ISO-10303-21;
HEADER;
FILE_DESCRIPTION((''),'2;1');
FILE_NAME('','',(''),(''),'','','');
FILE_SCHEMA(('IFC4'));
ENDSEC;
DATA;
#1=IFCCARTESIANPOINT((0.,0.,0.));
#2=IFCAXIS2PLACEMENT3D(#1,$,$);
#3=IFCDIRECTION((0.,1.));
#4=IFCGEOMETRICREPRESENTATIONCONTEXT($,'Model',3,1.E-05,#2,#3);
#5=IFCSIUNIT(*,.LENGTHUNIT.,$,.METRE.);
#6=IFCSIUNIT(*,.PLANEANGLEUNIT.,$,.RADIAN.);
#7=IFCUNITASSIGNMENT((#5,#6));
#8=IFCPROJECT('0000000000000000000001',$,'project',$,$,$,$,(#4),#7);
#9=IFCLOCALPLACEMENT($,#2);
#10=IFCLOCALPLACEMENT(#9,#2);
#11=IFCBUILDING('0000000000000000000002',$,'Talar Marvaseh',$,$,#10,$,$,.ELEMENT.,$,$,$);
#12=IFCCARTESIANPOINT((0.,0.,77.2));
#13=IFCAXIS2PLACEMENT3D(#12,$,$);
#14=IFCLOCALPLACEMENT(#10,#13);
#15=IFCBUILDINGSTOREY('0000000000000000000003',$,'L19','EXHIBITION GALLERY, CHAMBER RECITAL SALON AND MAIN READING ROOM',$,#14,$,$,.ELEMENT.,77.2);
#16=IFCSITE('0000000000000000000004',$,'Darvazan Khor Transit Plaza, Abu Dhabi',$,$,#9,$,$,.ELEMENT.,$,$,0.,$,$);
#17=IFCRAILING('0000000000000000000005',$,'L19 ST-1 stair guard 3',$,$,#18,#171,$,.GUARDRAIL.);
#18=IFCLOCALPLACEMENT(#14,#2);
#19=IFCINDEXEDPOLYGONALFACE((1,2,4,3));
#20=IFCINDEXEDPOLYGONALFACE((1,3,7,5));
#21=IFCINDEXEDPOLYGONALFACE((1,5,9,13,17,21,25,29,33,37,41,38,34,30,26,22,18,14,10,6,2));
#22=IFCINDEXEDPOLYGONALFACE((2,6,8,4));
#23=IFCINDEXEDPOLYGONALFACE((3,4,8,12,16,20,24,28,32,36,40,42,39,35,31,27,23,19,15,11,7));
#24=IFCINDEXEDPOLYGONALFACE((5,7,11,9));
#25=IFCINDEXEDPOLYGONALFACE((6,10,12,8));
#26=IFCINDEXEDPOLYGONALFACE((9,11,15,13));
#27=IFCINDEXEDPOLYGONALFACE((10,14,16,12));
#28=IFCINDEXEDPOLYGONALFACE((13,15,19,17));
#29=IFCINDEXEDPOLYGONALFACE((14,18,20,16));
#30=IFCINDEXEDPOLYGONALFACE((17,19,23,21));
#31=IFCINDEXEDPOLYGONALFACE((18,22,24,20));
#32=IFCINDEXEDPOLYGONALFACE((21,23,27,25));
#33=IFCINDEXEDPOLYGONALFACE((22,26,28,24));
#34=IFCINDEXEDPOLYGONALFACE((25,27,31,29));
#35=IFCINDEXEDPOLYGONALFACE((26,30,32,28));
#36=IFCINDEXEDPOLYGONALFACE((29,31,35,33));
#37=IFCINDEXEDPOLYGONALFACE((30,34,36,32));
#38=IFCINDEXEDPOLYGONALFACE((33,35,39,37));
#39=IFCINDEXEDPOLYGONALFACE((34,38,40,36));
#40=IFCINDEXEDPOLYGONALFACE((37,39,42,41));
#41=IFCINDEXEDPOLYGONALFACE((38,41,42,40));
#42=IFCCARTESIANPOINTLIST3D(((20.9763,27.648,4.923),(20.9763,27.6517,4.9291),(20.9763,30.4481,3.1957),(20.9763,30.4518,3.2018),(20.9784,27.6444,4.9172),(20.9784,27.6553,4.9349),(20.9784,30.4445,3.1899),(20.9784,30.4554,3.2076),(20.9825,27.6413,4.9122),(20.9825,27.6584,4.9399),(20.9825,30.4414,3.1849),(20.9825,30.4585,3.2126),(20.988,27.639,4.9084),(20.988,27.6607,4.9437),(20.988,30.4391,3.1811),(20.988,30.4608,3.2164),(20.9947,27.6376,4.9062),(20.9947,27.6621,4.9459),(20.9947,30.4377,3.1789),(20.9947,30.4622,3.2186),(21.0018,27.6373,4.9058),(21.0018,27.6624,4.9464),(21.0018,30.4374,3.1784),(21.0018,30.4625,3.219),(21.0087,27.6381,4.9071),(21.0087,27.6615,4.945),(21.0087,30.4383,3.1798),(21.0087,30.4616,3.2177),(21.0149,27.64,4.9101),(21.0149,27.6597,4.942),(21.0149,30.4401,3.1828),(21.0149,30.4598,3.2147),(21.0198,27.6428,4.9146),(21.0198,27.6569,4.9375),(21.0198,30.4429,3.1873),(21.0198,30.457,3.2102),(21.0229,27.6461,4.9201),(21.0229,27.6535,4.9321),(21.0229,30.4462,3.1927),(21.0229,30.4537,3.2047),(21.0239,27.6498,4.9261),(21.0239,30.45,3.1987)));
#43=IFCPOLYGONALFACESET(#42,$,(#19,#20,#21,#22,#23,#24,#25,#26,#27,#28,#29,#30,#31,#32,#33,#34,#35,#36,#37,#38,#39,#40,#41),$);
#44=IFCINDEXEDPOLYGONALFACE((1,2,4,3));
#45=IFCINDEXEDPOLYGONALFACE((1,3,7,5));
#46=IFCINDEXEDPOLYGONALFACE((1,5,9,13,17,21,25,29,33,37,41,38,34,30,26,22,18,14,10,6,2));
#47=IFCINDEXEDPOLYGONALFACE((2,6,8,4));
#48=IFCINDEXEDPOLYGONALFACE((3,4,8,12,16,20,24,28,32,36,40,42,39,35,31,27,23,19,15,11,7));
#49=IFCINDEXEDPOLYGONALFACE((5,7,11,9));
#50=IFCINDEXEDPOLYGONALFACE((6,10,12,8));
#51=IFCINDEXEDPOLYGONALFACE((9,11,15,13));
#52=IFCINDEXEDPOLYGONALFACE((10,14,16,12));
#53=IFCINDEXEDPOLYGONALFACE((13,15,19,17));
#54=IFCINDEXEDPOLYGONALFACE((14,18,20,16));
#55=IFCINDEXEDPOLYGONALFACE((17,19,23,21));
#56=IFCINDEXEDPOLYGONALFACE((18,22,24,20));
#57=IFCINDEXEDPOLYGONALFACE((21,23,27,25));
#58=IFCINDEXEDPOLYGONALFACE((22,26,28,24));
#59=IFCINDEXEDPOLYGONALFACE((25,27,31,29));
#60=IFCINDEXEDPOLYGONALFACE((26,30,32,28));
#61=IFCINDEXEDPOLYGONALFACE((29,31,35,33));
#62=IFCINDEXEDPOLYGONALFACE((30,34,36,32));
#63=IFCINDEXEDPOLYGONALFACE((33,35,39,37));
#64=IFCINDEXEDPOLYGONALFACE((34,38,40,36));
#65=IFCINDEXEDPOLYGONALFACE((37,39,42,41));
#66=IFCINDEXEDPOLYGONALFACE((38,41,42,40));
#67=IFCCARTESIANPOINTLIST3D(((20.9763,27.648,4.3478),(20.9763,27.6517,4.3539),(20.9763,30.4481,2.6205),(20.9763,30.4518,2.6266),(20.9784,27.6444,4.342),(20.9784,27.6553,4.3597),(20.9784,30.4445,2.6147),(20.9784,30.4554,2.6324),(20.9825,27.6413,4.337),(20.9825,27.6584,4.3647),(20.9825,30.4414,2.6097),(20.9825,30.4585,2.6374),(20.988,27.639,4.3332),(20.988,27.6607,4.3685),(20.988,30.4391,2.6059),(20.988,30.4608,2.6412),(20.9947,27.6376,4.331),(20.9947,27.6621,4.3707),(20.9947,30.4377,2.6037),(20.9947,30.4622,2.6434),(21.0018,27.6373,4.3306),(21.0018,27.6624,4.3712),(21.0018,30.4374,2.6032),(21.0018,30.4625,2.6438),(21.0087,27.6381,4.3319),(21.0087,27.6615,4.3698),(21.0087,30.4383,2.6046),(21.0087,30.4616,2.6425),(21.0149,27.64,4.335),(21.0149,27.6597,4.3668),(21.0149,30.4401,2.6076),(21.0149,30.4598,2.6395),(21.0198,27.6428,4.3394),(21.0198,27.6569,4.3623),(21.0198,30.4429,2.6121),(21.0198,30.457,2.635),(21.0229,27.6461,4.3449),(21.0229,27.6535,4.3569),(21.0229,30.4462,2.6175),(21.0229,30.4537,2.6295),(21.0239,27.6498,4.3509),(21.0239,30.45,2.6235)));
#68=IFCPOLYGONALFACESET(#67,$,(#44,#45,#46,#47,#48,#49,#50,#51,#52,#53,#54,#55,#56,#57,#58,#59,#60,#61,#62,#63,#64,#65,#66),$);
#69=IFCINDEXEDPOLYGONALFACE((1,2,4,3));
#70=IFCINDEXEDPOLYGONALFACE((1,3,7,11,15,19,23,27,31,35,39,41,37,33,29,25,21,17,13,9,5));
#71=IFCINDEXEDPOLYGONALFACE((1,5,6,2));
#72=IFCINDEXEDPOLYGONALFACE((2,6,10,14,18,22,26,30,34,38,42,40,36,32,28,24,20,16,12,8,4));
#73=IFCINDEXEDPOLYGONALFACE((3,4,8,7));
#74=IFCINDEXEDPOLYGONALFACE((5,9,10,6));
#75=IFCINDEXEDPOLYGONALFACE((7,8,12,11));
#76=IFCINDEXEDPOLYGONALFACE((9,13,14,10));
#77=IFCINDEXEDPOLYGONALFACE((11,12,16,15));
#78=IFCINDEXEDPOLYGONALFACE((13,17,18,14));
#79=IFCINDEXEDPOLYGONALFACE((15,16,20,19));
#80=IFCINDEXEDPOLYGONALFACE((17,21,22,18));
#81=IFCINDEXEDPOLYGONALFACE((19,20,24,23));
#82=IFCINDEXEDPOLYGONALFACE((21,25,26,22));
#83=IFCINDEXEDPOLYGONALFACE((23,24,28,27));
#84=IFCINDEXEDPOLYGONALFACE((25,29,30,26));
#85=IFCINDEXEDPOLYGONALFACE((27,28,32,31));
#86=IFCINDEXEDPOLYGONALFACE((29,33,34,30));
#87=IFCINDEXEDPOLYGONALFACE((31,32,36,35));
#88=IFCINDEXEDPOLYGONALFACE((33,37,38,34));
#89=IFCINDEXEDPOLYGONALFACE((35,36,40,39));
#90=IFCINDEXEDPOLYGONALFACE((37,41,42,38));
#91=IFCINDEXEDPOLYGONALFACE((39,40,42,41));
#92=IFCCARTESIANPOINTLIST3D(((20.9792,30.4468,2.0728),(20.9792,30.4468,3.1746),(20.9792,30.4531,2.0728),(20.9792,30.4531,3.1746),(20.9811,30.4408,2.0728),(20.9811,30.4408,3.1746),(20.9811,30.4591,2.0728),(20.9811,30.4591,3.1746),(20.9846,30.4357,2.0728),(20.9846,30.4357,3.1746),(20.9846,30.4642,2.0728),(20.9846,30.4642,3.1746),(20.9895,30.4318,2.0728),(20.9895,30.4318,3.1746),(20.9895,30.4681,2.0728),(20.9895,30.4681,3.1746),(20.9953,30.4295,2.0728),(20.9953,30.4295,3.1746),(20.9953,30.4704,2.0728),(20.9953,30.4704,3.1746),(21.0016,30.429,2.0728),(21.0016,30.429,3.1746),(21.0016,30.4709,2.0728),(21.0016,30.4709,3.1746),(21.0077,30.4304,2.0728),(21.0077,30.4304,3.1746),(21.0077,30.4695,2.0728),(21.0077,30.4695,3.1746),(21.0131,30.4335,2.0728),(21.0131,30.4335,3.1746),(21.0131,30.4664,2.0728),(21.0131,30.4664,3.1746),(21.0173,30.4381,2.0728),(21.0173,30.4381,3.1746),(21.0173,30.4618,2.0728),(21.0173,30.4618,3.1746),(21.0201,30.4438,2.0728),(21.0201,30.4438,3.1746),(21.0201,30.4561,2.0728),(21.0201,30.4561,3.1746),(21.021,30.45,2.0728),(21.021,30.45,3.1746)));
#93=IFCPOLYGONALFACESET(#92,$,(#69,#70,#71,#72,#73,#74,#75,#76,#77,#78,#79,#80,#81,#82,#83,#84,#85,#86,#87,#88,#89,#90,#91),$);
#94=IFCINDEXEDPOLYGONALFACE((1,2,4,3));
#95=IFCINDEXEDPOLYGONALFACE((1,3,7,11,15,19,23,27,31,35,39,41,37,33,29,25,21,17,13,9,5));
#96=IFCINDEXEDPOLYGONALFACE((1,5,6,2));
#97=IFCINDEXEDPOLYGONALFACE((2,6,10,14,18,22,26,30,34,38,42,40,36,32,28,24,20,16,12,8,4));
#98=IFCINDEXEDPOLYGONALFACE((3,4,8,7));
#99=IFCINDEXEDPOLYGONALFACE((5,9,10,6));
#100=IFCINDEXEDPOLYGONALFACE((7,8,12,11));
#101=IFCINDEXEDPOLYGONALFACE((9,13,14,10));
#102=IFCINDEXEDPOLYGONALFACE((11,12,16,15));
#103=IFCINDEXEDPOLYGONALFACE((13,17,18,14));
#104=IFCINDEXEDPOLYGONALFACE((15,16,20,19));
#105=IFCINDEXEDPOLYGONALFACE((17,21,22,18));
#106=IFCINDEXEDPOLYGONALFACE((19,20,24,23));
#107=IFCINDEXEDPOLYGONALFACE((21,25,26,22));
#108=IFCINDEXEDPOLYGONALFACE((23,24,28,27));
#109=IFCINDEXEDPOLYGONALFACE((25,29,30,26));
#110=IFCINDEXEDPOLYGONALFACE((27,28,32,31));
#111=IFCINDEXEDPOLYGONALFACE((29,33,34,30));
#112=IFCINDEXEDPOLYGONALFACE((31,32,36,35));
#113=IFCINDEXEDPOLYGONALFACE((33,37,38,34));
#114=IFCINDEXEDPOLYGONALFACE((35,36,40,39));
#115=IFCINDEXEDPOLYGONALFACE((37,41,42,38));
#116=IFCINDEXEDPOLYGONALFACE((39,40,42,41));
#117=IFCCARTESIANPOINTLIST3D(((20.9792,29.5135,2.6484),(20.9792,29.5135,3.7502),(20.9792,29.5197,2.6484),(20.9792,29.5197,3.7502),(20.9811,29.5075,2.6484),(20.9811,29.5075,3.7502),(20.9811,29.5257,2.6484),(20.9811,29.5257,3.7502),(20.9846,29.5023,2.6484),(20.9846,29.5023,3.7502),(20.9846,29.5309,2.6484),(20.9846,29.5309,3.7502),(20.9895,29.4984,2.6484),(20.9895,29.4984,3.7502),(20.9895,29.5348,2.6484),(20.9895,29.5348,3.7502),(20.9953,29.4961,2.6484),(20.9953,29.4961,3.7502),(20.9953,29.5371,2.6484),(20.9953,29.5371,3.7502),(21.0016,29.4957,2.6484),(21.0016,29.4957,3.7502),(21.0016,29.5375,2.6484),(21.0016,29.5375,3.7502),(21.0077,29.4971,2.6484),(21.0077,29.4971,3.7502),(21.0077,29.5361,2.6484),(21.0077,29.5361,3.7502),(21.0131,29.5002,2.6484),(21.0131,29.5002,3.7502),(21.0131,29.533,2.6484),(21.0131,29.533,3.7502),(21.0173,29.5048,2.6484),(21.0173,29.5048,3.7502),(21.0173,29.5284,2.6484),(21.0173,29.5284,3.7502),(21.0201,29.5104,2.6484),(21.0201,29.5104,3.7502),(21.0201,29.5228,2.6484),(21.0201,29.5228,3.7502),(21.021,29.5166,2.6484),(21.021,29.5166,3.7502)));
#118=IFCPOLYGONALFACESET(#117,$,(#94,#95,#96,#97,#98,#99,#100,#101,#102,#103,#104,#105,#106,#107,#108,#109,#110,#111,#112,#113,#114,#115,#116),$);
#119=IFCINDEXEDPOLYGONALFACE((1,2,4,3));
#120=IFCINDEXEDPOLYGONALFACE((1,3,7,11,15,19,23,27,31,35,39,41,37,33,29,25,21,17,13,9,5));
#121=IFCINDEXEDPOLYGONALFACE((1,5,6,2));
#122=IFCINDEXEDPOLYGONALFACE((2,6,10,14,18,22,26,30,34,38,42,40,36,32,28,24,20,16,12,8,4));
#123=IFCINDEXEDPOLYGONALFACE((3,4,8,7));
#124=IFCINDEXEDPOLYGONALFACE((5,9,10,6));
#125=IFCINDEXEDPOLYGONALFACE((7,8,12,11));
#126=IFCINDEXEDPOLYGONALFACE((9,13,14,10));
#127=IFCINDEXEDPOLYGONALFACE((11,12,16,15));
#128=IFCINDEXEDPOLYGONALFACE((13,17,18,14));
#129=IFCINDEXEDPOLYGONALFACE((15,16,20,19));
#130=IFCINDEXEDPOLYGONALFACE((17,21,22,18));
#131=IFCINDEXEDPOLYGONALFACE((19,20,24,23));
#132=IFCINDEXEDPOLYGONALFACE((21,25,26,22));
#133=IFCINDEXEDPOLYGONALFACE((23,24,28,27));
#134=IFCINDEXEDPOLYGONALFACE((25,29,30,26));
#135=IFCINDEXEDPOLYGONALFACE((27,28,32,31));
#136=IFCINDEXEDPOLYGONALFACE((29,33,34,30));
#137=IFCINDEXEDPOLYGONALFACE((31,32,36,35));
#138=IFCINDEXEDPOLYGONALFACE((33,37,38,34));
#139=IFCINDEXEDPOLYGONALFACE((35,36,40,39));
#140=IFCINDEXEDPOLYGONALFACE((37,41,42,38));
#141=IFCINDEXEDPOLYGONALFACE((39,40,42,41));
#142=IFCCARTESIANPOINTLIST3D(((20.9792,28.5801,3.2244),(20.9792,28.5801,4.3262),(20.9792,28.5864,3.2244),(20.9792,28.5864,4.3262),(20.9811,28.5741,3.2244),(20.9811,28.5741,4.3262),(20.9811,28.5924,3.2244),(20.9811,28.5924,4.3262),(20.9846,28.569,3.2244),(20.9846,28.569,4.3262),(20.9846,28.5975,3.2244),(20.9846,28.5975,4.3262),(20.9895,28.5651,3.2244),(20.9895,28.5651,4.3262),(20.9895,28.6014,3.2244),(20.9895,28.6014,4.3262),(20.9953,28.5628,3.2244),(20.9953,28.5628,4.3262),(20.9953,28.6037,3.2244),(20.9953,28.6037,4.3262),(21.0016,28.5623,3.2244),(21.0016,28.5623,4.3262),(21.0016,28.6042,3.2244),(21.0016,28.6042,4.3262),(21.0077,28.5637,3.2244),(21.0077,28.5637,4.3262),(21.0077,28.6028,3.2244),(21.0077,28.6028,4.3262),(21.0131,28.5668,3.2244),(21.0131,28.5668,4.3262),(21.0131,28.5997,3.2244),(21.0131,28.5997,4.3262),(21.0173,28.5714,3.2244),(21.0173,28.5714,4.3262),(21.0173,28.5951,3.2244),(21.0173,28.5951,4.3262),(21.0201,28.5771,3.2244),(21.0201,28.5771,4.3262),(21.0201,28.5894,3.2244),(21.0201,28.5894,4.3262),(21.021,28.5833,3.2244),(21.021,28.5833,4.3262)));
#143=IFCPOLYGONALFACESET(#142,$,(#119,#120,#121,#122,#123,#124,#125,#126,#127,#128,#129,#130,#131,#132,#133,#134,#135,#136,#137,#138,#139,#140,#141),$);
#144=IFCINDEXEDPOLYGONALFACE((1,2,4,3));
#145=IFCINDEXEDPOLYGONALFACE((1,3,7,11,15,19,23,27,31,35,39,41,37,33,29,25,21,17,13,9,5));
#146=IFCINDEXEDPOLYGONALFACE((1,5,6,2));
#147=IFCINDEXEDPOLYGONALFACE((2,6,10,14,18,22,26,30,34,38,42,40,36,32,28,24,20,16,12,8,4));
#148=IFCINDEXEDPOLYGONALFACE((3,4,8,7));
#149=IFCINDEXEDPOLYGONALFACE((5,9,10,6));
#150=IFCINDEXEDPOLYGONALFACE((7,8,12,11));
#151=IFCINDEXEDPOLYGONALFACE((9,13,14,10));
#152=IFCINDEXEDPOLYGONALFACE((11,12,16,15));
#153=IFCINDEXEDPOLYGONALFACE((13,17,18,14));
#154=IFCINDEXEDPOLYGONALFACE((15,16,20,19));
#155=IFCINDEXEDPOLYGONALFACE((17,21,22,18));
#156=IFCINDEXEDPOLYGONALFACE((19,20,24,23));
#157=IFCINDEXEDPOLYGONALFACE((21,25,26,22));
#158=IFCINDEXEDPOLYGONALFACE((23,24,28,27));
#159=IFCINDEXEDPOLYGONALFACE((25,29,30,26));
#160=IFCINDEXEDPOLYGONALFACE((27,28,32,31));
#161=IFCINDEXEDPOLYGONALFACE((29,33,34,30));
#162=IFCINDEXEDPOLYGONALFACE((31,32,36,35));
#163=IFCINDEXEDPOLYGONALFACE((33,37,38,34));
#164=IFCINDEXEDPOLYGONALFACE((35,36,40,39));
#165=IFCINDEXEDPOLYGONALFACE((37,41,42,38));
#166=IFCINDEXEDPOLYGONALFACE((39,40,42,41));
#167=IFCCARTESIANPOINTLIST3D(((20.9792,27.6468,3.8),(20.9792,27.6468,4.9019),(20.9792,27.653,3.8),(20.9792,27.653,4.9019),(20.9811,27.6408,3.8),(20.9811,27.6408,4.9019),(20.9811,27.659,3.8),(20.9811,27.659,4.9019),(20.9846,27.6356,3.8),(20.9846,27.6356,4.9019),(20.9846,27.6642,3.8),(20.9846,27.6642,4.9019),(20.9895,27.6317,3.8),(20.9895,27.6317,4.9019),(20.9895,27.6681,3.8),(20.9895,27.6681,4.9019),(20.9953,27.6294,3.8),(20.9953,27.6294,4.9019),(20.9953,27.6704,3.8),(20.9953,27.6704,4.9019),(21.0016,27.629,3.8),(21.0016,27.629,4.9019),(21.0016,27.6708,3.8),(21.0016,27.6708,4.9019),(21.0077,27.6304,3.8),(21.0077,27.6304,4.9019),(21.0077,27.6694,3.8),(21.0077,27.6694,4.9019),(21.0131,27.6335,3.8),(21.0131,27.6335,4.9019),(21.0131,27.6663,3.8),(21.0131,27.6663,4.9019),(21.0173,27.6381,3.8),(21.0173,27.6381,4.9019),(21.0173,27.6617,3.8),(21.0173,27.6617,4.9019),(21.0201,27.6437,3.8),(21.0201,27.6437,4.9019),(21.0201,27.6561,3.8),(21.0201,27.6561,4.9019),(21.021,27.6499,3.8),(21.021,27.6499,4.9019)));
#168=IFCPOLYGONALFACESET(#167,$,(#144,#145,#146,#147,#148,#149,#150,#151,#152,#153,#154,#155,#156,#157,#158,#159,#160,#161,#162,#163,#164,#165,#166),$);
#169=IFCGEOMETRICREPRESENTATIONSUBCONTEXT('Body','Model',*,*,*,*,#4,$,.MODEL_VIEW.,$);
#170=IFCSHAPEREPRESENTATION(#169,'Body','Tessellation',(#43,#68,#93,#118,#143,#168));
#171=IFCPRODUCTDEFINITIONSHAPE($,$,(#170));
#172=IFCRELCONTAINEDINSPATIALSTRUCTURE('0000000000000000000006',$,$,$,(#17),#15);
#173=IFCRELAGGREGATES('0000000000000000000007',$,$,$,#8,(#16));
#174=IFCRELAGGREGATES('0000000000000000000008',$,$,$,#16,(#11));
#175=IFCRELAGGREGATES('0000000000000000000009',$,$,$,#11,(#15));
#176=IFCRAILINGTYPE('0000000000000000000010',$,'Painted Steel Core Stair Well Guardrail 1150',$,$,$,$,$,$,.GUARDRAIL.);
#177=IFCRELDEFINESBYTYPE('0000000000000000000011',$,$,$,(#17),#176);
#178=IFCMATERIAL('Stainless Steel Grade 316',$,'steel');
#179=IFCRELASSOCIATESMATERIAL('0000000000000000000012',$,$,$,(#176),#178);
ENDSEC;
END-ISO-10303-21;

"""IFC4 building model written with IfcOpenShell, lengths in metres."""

from ifc_helpers import new_model, si_unit, direction, frame, origin, origin_2d, place, context, subcontext, project, spatial, circle, extrude, material, type_object, element, save


model = new_model("IFC4")

# Units and contexts
model_context = context("Model", 3, precision=1e-05, world=origin(), true_north=direction((0.0, 1.0)))
body_context = subcontext(model_context, "Body", "Model", "MODEL_VIEW")
ifc_project = project(units=[si_unit("LENGTHUNIT", "METRE"), si_unit("PLANEANGLEUNIT", "RADIAN")], contexts=[model_context])

# Site, building, storey
site_placement = place(None, origin())
site = spatial("IfcSite", under=ifc_project, at=site_placement, Name="Darvazan Khor Transit Plaza, Abu Dhabi", CompositionType="ELEMENT", RefElevation=0.0)
building_placement = place(site_placement, origin())
building = spatial("IfcBuilding", under=site, at=building_placement, Name="Talar Marvaseh", CompositionType="ELEMENT")
storey_placement = place(building_placement, frame((0.0, 0.0, 77.2)))
storey = spatial("IfcBuildingStorey", under=building, at=storey_placement, Name="L19", Description="EXHIBITION GALLERY, CHAMBER RECITAL SALON AND MAIN READING ROOM", CompositionType="ELEMENT", Elevation=77.2)

# Railing
ifc_material_1 = material(Name="Stainless Steel Grade 316", Category="steel")
railing_type_1 = type_object("IfcRailingType", Name="Painted Steel Core Stair Well Guardrail 1150", PredefinedType="GUARDRAIL", material=ifc_material_1)
railing_1_placement = place(storey_placement, frame((21.0, 30.45, 2.0728)))
element("IfcRailing", 1, at=railing_1_placement, inside=storey, type_object=railing_type_1, Name="L19 ST-1 stair guard 3", PredefinedType="GUARDRAIL", context=body_context, shape_type="SweptSolid", body=[
    extrude(circle(Radius=0.0239, at=origin_2d()), frame((0.0, 0.0, 1.126), z_axis=(0.0, -0.85109, 0.52502), x_axis=(1.0, 0.0, 0.0)), (0.0, 0.0, 1.0), 3.29),
    extrude(circle(Radius=0.0239, at=origin_2d()), frame((0.0, 0.0, 0.5508), z_axis=(0.0, -0.85109, 0.52502), x_axis=(1.0, 0.0, 0.0)), (0.0, 0.0, 1.0), 3.29),
    extrude(circle(Radius=0.021, at=origin_2d()), origin(), (0.0, 0.0, 1.0), 1.1018),
    extrude(circle(Radius=0.021, at=origin_2d()), frame((0.0, -0.9333, 0.5757)), (0.0, 0.0, 1.0), 1.1018),
    extrude(circle(Radius=0.021, at=origin_2d()), frame((0.0, -1.8667, 1.1516)), (0.0, 0.0, 1.0), 1.1018),
    extrude(circle(Radius=0.021, at=origin_2d()), frame((0.0, -2.8, 1.7273)), (0.0, 0.0, 1.0), 1.1018),
])

save(model, "model.ifc")
